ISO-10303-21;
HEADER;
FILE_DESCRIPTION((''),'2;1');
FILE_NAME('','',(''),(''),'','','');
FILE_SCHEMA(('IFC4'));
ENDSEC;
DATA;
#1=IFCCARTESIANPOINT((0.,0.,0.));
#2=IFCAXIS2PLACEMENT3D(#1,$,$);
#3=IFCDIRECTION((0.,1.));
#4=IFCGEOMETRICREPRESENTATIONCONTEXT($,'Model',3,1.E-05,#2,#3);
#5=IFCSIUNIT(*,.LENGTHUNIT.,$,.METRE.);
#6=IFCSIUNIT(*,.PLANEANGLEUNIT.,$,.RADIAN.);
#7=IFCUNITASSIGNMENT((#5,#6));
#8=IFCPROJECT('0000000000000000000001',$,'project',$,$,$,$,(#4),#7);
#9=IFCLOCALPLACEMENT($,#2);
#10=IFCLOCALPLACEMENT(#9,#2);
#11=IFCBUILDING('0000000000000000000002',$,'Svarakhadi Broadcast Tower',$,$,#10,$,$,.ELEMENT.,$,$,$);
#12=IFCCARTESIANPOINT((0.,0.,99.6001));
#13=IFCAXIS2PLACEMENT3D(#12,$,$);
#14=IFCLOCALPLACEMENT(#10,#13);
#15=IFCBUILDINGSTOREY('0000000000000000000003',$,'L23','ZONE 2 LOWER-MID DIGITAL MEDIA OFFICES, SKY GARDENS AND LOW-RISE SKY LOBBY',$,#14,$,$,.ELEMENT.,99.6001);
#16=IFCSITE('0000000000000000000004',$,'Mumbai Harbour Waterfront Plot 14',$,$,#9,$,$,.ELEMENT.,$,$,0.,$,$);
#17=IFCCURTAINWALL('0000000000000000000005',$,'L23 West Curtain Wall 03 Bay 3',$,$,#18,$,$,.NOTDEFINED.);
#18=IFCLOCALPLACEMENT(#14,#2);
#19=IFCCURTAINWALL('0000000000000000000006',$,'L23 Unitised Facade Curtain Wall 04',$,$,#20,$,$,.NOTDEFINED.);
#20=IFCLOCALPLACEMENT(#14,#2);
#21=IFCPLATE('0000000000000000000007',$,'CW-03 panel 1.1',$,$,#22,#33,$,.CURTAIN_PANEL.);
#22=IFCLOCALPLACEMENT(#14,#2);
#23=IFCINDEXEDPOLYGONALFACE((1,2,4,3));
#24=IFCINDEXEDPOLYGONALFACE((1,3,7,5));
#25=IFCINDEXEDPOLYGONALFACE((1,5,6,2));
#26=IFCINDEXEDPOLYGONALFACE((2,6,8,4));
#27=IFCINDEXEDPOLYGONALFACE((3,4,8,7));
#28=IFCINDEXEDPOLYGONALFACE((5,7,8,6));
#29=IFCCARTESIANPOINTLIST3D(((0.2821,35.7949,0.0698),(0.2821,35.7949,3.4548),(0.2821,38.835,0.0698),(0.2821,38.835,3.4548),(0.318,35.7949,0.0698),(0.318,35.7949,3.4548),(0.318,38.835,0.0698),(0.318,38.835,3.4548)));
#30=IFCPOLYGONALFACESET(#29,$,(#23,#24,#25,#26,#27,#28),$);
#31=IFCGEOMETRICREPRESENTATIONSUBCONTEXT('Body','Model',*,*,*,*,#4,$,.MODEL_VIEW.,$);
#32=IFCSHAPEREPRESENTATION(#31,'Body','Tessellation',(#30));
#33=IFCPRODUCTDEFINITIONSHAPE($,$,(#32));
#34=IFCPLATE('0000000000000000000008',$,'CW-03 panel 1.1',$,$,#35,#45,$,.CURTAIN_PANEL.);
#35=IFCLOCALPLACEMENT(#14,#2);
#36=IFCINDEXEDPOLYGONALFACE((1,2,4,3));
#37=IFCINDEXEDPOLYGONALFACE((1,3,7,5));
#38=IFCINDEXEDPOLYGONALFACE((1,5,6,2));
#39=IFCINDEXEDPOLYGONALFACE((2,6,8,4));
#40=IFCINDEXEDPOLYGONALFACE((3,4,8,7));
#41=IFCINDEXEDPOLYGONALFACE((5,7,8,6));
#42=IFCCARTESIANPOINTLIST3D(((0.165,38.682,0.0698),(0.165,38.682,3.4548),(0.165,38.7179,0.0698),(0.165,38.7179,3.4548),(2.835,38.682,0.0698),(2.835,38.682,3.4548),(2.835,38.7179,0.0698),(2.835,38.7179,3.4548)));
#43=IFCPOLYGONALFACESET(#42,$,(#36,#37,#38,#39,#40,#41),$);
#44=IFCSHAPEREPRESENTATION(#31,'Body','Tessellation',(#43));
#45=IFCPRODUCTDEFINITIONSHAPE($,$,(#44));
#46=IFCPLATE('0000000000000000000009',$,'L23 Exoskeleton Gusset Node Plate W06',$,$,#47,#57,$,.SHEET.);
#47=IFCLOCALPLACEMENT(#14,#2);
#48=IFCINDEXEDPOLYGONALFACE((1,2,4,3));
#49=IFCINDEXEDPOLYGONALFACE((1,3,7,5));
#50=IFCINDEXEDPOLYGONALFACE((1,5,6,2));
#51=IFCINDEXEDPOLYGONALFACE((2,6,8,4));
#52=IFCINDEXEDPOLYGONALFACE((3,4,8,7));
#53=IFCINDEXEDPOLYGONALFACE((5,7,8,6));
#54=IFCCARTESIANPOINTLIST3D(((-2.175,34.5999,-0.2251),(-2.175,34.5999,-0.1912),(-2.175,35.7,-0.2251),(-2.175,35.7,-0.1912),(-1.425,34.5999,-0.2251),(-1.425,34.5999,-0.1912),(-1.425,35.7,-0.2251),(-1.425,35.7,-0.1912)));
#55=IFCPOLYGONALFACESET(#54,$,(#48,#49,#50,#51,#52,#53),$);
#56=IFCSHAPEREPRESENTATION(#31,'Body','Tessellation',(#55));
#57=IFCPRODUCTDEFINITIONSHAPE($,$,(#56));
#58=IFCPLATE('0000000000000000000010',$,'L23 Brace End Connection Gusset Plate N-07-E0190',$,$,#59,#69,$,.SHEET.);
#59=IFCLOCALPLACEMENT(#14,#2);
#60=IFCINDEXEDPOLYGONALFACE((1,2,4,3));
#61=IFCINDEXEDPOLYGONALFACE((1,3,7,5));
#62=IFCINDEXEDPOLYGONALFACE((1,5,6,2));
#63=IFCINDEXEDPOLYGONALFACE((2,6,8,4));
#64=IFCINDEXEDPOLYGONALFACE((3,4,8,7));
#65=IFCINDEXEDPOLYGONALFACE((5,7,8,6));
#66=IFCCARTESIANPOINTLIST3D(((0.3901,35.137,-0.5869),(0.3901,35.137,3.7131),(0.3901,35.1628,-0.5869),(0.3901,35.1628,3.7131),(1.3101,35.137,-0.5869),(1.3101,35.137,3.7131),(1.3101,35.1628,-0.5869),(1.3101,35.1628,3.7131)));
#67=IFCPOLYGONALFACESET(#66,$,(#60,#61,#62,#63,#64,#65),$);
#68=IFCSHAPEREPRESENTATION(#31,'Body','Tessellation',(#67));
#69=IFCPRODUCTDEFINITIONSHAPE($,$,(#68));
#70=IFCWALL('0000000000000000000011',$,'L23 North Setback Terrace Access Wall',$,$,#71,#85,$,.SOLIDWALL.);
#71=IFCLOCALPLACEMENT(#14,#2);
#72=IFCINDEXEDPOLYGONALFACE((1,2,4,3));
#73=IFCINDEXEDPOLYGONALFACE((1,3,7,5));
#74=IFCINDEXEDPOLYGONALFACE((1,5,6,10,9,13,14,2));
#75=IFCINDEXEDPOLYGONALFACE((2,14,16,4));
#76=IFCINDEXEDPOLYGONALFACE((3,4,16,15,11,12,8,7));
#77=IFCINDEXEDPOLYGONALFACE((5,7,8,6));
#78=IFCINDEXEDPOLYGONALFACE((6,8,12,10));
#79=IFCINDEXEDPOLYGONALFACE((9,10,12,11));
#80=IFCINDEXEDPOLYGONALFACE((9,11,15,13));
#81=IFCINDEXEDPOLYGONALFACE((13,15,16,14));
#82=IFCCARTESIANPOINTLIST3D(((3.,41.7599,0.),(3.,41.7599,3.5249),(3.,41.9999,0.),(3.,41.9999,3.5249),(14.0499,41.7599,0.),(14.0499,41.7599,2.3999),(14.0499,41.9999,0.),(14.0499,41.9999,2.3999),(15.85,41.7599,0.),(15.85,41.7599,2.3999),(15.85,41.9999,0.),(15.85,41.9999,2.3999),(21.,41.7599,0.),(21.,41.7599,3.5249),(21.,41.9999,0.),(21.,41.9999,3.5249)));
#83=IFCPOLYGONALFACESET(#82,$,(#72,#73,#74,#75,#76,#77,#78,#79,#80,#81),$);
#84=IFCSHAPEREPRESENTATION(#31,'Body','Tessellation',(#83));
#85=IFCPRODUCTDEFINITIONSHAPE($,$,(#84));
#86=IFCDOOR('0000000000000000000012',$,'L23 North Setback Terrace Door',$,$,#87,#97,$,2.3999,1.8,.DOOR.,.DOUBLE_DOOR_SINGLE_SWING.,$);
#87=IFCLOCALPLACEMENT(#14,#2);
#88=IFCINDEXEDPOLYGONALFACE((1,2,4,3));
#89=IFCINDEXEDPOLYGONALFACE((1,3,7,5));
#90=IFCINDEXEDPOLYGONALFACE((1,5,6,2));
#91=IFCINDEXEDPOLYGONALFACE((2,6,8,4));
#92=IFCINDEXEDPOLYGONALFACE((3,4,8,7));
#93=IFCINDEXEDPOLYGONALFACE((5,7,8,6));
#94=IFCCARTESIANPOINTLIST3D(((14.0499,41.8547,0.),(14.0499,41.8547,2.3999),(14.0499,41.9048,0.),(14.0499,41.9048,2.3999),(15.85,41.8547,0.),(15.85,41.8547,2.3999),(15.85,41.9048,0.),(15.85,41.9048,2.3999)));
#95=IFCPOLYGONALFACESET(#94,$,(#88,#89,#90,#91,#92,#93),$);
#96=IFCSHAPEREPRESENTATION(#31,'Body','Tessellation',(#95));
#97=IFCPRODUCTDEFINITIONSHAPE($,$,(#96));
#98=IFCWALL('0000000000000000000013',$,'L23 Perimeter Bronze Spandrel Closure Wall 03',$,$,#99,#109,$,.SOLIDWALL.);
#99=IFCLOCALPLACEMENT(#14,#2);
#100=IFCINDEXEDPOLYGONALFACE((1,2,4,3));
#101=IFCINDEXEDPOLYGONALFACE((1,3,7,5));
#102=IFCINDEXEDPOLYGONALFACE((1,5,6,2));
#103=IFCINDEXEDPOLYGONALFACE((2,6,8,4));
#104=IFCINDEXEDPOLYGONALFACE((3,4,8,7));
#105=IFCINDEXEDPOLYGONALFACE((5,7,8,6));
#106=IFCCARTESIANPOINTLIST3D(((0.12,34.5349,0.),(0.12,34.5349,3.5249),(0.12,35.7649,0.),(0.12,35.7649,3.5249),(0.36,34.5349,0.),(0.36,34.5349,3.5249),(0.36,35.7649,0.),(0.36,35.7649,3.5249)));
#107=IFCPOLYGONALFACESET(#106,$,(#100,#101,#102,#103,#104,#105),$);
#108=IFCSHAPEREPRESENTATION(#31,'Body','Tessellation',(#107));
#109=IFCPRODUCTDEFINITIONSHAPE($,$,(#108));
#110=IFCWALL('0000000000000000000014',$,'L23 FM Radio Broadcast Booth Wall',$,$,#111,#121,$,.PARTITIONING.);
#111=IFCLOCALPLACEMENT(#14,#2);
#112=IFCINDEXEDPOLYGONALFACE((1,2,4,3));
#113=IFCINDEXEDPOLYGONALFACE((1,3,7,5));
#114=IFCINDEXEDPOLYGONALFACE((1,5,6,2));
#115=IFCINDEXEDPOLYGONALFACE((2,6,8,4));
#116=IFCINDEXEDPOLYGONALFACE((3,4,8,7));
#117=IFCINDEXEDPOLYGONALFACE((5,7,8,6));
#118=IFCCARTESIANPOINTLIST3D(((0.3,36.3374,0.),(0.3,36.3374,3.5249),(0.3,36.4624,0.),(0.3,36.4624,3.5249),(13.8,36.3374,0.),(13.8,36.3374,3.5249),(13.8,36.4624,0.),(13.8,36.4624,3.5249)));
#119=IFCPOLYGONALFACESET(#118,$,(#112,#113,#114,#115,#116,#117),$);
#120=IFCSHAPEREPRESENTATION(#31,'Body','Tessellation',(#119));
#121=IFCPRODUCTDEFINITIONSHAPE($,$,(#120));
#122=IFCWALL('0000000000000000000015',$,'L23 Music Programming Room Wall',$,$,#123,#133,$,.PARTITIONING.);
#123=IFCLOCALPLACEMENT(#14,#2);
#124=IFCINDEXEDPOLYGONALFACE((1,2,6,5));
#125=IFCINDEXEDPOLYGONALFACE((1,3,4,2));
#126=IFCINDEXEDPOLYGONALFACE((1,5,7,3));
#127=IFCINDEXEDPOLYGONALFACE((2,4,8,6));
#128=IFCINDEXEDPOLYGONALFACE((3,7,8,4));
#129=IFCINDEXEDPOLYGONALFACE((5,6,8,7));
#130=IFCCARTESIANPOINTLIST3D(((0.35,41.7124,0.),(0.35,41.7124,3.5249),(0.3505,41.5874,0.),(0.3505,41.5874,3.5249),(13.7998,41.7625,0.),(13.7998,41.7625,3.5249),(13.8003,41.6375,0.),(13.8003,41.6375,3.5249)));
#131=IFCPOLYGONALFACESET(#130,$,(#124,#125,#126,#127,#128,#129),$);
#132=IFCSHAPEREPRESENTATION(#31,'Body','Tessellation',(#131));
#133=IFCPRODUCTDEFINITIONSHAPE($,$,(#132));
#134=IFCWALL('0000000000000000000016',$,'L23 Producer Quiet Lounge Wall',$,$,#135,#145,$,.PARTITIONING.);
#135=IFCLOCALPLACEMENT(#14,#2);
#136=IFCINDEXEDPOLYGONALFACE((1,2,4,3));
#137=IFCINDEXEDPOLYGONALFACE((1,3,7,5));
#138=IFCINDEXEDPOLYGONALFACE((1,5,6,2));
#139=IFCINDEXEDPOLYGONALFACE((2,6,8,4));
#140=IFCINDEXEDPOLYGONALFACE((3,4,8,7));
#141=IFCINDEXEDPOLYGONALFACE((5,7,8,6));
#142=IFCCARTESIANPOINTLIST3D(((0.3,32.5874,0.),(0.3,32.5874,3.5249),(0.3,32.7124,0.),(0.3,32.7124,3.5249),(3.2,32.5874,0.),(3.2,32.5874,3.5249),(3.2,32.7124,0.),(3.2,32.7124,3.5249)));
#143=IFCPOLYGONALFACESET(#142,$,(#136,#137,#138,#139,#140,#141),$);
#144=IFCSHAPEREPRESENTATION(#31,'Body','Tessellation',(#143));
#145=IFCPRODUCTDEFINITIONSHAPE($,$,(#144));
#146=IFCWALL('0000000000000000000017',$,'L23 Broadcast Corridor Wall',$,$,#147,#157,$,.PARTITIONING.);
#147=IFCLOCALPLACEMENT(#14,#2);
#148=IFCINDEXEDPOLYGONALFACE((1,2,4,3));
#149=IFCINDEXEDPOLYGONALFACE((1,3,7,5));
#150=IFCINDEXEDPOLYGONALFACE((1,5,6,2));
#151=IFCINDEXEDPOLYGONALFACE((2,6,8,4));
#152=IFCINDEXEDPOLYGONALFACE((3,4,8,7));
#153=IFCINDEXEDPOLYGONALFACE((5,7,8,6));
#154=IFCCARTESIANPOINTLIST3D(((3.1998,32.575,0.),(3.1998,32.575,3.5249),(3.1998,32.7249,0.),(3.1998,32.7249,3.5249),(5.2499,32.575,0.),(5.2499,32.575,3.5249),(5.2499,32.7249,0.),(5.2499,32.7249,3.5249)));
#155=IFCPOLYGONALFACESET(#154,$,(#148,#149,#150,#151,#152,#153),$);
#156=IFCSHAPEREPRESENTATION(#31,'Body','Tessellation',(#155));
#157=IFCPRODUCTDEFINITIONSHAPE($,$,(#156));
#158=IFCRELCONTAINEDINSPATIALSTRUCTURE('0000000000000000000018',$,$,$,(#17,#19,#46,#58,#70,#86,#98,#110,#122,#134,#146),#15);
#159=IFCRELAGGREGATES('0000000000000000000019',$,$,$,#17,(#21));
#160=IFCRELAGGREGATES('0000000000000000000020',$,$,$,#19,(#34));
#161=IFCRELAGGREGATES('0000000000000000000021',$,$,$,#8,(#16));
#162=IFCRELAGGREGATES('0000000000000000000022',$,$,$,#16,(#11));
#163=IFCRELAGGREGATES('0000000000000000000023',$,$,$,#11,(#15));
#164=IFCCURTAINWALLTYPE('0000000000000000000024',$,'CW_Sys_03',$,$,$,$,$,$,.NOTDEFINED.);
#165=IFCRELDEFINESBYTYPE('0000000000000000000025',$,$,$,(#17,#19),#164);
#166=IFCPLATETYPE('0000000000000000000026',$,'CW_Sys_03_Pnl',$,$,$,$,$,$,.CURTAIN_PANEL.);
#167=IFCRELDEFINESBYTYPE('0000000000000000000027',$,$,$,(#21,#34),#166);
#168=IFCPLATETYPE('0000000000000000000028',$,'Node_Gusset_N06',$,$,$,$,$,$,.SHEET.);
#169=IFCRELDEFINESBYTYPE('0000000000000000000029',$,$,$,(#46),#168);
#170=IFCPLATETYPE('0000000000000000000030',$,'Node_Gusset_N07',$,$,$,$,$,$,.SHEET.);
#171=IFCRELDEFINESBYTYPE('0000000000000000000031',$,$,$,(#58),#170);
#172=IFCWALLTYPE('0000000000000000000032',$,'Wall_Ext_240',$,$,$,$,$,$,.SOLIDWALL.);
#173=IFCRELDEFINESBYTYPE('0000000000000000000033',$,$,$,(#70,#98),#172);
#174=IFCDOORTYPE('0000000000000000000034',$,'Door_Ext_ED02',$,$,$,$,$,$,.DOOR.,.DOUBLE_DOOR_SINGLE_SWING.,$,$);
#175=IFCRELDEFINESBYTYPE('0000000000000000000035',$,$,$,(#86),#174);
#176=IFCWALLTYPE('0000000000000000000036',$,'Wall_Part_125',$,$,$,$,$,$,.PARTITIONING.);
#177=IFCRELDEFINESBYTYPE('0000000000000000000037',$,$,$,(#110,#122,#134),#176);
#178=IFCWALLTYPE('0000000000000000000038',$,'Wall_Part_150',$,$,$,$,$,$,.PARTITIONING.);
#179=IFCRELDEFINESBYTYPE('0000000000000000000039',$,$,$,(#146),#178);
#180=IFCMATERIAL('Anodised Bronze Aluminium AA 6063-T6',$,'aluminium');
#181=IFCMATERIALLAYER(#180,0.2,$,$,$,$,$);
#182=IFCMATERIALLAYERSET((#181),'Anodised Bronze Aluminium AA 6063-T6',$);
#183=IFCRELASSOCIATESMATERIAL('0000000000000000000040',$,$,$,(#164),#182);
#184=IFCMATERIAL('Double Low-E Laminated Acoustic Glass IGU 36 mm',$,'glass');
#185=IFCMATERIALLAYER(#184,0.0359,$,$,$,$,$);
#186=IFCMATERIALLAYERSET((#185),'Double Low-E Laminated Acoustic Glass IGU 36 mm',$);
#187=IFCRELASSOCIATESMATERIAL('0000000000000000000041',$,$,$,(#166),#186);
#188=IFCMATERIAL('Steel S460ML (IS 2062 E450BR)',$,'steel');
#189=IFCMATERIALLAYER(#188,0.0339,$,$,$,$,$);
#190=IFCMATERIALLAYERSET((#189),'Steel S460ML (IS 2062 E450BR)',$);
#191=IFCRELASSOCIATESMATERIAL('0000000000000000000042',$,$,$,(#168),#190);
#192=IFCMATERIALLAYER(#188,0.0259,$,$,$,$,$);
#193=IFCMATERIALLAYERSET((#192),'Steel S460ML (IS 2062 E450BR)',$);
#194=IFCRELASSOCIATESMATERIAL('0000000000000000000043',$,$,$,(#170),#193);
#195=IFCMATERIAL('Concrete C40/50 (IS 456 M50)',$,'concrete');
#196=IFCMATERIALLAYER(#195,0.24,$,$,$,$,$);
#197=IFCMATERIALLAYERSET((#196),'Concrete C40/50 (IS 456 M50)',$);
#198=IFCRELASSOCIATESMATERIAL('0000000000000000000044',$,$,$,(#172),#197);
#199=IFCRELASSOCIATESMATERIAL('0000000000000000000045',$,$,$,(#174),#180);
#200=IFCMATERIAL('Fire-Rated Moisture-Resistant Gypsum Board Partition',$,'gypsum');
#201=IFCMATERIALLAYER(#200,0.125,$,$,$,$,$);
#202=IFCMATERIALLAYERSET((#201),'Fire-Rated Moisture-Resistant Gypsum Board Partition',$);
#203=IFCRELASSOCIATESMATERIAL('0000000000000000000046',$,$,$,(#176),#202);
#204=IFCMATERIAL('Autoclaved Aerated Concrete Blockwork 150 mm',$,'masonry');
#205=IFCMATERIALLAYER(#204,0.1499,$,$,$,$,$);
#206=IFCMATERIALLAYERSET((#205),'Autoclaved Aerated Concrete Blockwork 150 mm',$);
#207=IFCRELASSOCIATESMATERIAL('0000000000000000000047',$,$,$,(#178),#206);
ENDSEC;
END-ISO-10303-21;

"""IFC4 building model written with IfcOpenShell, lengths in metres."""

from ifc_helpers import new_model, si_unit, direction, frame, frame_2d, origin, origin_2d, place, context, subcontext, project, spatial, rectangle, extrude, material, layer, layer_set, type_object, element, fill, aggregate, save


model = new_model("IFC4")

# Units and contexts
model_context = context("Model", 3, precision=1e-05, world=origin(), true_north=direction((0.0, 1.0)))
body_context = subcontext(model_context, "Body", "Model", "MODEL_VIEW")
ifc_project = project(units=[si_unit("LENGTHUNIT", "METRE"), si_unit("PLANEANGLEUNIT", "RADIAN")], contexts=[model_context])

# Site, building, storey
site_placement = place(None, origin())
site = spatial("IfcSite", under=ifc_project, at=site_placement, Name="Mumbai Harbour Waterfront Plot 14", CompositionType="ELEMENT", RefElevation=0.0)
building_placement = place(site_placement, origin())
building = spatial("IfcBuilding", under=site, at=building_placement, Name="Svarakhadi Broadcast Tower", CompositionType="ELEMENT")
storey_placement = place(building_placement, frame((0.0, 0.0, 99.6001)))
storey = spatial("IfcBuildingStorey", under=building, at=storey_placement, Name="L23", Description="ZONE 2 LOWER-MID DIGITAL MEDIA OFFICES, SKY GARDENS AND LOW-RISE SKY LOBBY", CompositionType="ELEMENT", Elevation=99.6001)

# Shared definitions
ifc_material_1 = material(Name="Anodised Bronze Aluminium AA 6063-T6", Category="aluminium")
ifc_layer_1 = layer(ifc_material_1, 0.2)
ifc_layer_set_1 = layer_set([ifc_layer_1], Name="Anodised Bronze Aluminium AA 6063-T6")
curtain_wall_type = type_object("IfcCurtainWallType", Name="CW_Sys_03", PredefinedType="NOTDEFINED", material=ifc_layer_set_1)

# Curtain walls
curtain_wall_1_placement = place(storey_placement, origin())
curtain_wall_1 = element("IfcCurtainWall", 1, at=curtain_wall_1_placement, inside=storey, type_object=curtain_wall_type, Name="L23 West Curtain Wall 03 Bay 3", PredefinedType="NOTDEFINED")
curtain_wall_2_placement = place(storey_placement, origin())
curtain_wall_2 = element("IfcCurtainWall", 2, at=curtain_wall_2_placement, inside=storey, type_object=curtain_wall_type, Name="L23 Unitised Facade Curtain Wall 04", PredefinedType="NOTDEFINED")

# Shared definitions
ifc_material_2 = material(Name="Steel S460ML (IS 2062 E450BR)", Category="steel")

# Plates
ifc_material_3 = material(Name="Double Low-E Laminated Acoustic Glass IGU 36 mm", Category="glass")
ifc_layer_2 = layer(ifc_material_3, 0.0359)
ifc_layer_set_2 = layer_set([ifc_layer_2], Name="Double Low-E Laminated Acoustic Glass IGU 36 mm")
plate_type_1 = type_object("IfcPlateType", Name="CW_Sys_03_Pnl", PredefinedType="CURTAIN_PANEL", material=ifc_layer_set_2)
plate_1_placement = place(storey_placement, frame((0.3, 37.3149, 0.0698), z_axis=(0.0, 0.0, 1.0), x_axis=(0.0, 1.0, 0.0)))
plate_1 = element("IfcPlate", 3, at=plate_1_placement, type_object=plate_type_1, Name="CW-03 panel 1.1", PredefinedType="CURTAIN_PANEL", context=body_context, shape_type="SweptSolid", body=[
    extrude(rectangle(XDim=3.04, YDim=0.0359, at=origin_2d()), origin(), (0.0, 0.0, 1.0), 3.385),
])
aggregate(curtain_wall_1, [plate_1])
plate_2_placement = place(storey_placement, frame((1.5, 38.7, 0.0698), z_axis=(0.0, 0.0, 1.0), x_axis=(1.0, 0.0, 0.0)))
plate_2 = element("IfcPlate", 4, at=plate_2_placement, type_object=plate_type_1, Name="CW-03 panel 1.1", PredefinedType="CURTAIN_PANEL", context=body_context, shape_type="SweptSolid", body=[
    extrude(rectangle(XDim=2.6699, YDim=0.0359, at=origin_2d()), origin(), (0.0, 0.0, 1.0), 3.385),
])
aggregate(curtain_wall_2, [plate_2])

# Plates
ifc_layer_3 = layer(ifc_material_2, 0.0339)
ifc_layer_set_3 = layer_set([ifc_layer_3], Name="Steel S460ML (IS 2062 E450BR)")
plate_type_2 = type_object("IfcPlateType", Name="Node_Gusset_N06", PredefinedType="SHEET", material=ifc_layer_set_3)
plate_3_placement = place(storey_placement, frame((-1.8, 35.1499, -0.2251), z_axis=(0.0, 0.0, 1.0), x_axis=(0.0, 1.0, 0.0)))
element("IfcPlate", 5, at=plate_3_placement, inside=storey, type_object=plate_type_2, Name="L23 Exoskeleton Gusset Node Plate W06", PredefinedType="SHEET", context=body_context, shape_type="SweptSolid", body=[
    extrude(rectangle(XDim=1.1001, YDim=0.75, at=origin_2d()), origin(), (0.0, 0.0, 1.0), 0.0339),
])
ifc_layer_4 = layer(ifc_material_2, 0.0259)
ifc_layer_set_4 = layer_set([ifc_layer_4], Name="Steel S460ML (IS 2062 E450BR)")
plate_type_3 = type_object("IfcPlateType", Name="Node_Gusset_N07", PredefinedType="SHEET", material=ifc_layer_set_4)
plate_4_placement = place(storey_placement, frame((0.8501, 35.1499, -0.5869), z_axis=(0.0, 0.0, 1.0), x_axis=(1.0, 0.0, 0.0)))
element("IfcPlate", 6, at=plate_4_placement, inside=storey, type_object=plate_type_3, Name="L23 Brace End Connection Gusset Plate N-07-E0190", PredefinedType="SHEET", context=body_context, shape_type="SweptSolid", body=[
    extrude(rectangle(XDim=0.9199, YDim=0.0259, at=origin_2d()), origin(), (0.0, 0.0, 1.0), 4.3),
])

# Wall, opening, door
ifc_material_4 = material(Name="Concrete C40/50 (IS 456 M50)", Category="concrete")
ifc_layer_5 = layer(ifc_material_4, 0.24)
ifc_layer_set_5 = layer_set([ifc_layer_5], Name="Concrete C40/50 (IS 456 M50)")
wall_type_1 = type_object("IfcWallType", Name="Wall_Ext_240", PredefinedType="SOLIDWALL", material=ifc_layer_set_5)
wall_1_placement = place(storey_placement, frame((3.0, 41.8799, 0.0), z_axis=(0.0, 0.0, 1.0), x_axis=(1.0, 0.0, 0.0)))
wall_1 = element("IfcWall", 7, at=wall_1_placement, inside=storey, type_object=wall_type_1, Name="L23 North Setback Terrace Access Wall", PredefinedType="SOLIDWALL", context=body_context, shape_type="SweptSolid", body=[
    extrude(rectangle(XDim=18.0, YDim=0.24, at=frame_2d((9.0, 0.0))), origin(), (0.0, 0.0, 1.0), 3.5249),
])
opening_placement = place(wall_1_placement, frame((11.05, 0.0, 0.0)))
opening = element("IfcOpeningElement", 8, at=opening_placement, cuts=wall_1, PredefinedType="OPENING", context=body_context, shape_type="SweptSolid", body=[
    extrude(rectangle(XDim=1.8, YDim=2.3999, at=frame_2d((0.8999, 1.2))), frame((0.0, 0.1299, 0.0), z_axis=(0.0, -1.0, 0.0), x_axis=(1.0, 0.0, 0.0)), (0.0, 0.0, 1.0), 0.26),
])
door_type = type_object("IfcDoorType", Name="Door_Ext_ED02", OperationType="DOUBLE_DOOR_SINGLE_SWING", PredefinedType="DOOR", material=ifc_material_1)
door_placement = place(opening_placement, origin())
door = element("IfcDoor", 9, at=door_placement, inside=storey, type_object=door_type, Name="L23 North Setback Terrace Door", OperationType="DOUBLE_DOOR_SINGLE_SWING", OverallHeight=2.3999, OverallWidth=1.8, PredefinedType="DOOR", context=body_context, shape_type="SweptSolid", body=[
    extrude(rectangle(XDim=1.8, YDim=2.3999, at=frame_2d((0.8999, 1.2))), frame((0.0, 0.0249, 0.0), z_axis=(0.0, -1.0, 0.0), x_axis=(1.0, 0.0, 0.0)), (0.0, 0.0, 1.0), 0.05),
])
fill(opening, door)

# Walls
wall_2_placement = place(storey_placement, frame((0.24, 34.5349, 0.0), z_axis=(0.0, 0.0, 1.0), x_axis=(0.0, 1.0, 0.0)))
element("IfcWall", 10, at=wall_2_placement, inside=storey, type_object=wall_type_1, Name="L23 Perimeter Bronze Spandrel Closure Wall 03", PredefinedType="SOLIDWALL", context=body_context, shape_type="SweptSolid", body=[
    extrude(rectangle(XDim=1.23, YDim=0.24, at=frame_2d((0.615, 0.0))), origin(), (0.0, 0.0, 1.0), 3.5249),
])
ifc_material_5 = material(Name="Fire-Rated Moisture-Resistant Gypsum Board Partition", Category="gypsum")
ifc_layer_6 = layer(ifc_material_5, 0.125)
ifc_layer_set_6 = layer_set([ifc_layer_6], Name="Fire-Rated Moisture-Resistant Gypsum Board Partition")
wall_type_2 = type_object("IfcWallType", Name="Wall_Part_125", PredefinedType="PARTITIONING", material=ifc_layer_set_6)
wall_3_placement = place(storey_placement, frame((0.3, 36.3999, 0.0), z_axis=(0.0, 0.0, 1.0), x_axis=(1.0, 0.0, 0.0)))
element("IfcWall", 11, at=wall_3_placement, inside=storey, type_object=wall_type_2, Name="L23 FM Radio Broadcast Booth Wall", PredefinedType="PARTITIONING", context=body_context, shape_type="SweptSolid", body=[
    extrude(rectangle(XDim=13.5, YDim=0.125, at=frame_2d((6.75, 0.0))), origin(), (0.0, 0.0, 1.0), 3.5249),
])
wall_4_placement = place(storey_placement, frame((0.3501, 41.6499, 0.0), z_axis=(0.0, 0.0, 1.0), x_axis=(0.999993, 0.003721, 0.0)))
element("IfcWall", 12, at=wall_4_placement, inside=storey, type_object=wall_type_2, Name="L23 Music Programming Room Wall", PredefinedType="PARTITIONING", context=body_context, shape_type="SweptSolid", body=[
    extrude(rectangle(XDim=13.45, YDim=0.125, at=frame_2d((6.7251, 0.0))), origin(), (0.0, 0.0, 1.0), 3.5249),
])
wall_5_placement = place(storey_placement, frame((0.3, 32.6499, 0.0), z_axis=(0.0, 0.0, 1.0), x_axis=(1.0, 0.0, 0.0)))
element("IfcWall", 13, at=wall_5_placement, inside=storey, type_object=wall_type_2, Name="L23 Producer Quiet Lounge Wall", PredefinedType="PARTITIONING", context=body_context, shape_type="SweptSolid", body=[
    extrude(rectangle(XDim=2.8999, YDim=0.125, at=frame_2d((1.45, 0.0))), origin(), (0.0, 0.0, 1.0), 3.5249),
])
ifc_material_6 = material(Name="Autoclaved Aerated Concrete Blockwork 150 mm", Category="masonry")
ifc_layer_7 = layer(ifc_material_6, 0.1499)
ifc_layer_set_7 = layer_set([ifc_layer_7], Name="Autoclaved Aerated Concrete Blockwork 150 mm")
wall_type_3 = type_object("IfcWallType", Name="Wall_Part_150", PredefinedType="PARTITIONING", material=ifc_layer_set_7)
wall_6_placement = place(storey_placement, frame((3.2, 32.6499, 0.0), z_axis=(0.0, 0.0, 1.0), x_axis=(1.0, 0.0, 0.0)))
element("IfcWall", 14, at=wall_6_placement, inside=storey, type_object=wall_type_3, Name="L23 Broadcast Corridor Wall", PredefinedType="PARTITIONING", context=body_context, shape_type="SweptSolid", body=[
    extrude(rectangle(XDim=2.05, YDim=0.1499, at=frame_2d((1.0249, 0.0))), origin(), (0.0, 0.0, 1.0), 3.5249),
])

save(model, "model.ifc")
